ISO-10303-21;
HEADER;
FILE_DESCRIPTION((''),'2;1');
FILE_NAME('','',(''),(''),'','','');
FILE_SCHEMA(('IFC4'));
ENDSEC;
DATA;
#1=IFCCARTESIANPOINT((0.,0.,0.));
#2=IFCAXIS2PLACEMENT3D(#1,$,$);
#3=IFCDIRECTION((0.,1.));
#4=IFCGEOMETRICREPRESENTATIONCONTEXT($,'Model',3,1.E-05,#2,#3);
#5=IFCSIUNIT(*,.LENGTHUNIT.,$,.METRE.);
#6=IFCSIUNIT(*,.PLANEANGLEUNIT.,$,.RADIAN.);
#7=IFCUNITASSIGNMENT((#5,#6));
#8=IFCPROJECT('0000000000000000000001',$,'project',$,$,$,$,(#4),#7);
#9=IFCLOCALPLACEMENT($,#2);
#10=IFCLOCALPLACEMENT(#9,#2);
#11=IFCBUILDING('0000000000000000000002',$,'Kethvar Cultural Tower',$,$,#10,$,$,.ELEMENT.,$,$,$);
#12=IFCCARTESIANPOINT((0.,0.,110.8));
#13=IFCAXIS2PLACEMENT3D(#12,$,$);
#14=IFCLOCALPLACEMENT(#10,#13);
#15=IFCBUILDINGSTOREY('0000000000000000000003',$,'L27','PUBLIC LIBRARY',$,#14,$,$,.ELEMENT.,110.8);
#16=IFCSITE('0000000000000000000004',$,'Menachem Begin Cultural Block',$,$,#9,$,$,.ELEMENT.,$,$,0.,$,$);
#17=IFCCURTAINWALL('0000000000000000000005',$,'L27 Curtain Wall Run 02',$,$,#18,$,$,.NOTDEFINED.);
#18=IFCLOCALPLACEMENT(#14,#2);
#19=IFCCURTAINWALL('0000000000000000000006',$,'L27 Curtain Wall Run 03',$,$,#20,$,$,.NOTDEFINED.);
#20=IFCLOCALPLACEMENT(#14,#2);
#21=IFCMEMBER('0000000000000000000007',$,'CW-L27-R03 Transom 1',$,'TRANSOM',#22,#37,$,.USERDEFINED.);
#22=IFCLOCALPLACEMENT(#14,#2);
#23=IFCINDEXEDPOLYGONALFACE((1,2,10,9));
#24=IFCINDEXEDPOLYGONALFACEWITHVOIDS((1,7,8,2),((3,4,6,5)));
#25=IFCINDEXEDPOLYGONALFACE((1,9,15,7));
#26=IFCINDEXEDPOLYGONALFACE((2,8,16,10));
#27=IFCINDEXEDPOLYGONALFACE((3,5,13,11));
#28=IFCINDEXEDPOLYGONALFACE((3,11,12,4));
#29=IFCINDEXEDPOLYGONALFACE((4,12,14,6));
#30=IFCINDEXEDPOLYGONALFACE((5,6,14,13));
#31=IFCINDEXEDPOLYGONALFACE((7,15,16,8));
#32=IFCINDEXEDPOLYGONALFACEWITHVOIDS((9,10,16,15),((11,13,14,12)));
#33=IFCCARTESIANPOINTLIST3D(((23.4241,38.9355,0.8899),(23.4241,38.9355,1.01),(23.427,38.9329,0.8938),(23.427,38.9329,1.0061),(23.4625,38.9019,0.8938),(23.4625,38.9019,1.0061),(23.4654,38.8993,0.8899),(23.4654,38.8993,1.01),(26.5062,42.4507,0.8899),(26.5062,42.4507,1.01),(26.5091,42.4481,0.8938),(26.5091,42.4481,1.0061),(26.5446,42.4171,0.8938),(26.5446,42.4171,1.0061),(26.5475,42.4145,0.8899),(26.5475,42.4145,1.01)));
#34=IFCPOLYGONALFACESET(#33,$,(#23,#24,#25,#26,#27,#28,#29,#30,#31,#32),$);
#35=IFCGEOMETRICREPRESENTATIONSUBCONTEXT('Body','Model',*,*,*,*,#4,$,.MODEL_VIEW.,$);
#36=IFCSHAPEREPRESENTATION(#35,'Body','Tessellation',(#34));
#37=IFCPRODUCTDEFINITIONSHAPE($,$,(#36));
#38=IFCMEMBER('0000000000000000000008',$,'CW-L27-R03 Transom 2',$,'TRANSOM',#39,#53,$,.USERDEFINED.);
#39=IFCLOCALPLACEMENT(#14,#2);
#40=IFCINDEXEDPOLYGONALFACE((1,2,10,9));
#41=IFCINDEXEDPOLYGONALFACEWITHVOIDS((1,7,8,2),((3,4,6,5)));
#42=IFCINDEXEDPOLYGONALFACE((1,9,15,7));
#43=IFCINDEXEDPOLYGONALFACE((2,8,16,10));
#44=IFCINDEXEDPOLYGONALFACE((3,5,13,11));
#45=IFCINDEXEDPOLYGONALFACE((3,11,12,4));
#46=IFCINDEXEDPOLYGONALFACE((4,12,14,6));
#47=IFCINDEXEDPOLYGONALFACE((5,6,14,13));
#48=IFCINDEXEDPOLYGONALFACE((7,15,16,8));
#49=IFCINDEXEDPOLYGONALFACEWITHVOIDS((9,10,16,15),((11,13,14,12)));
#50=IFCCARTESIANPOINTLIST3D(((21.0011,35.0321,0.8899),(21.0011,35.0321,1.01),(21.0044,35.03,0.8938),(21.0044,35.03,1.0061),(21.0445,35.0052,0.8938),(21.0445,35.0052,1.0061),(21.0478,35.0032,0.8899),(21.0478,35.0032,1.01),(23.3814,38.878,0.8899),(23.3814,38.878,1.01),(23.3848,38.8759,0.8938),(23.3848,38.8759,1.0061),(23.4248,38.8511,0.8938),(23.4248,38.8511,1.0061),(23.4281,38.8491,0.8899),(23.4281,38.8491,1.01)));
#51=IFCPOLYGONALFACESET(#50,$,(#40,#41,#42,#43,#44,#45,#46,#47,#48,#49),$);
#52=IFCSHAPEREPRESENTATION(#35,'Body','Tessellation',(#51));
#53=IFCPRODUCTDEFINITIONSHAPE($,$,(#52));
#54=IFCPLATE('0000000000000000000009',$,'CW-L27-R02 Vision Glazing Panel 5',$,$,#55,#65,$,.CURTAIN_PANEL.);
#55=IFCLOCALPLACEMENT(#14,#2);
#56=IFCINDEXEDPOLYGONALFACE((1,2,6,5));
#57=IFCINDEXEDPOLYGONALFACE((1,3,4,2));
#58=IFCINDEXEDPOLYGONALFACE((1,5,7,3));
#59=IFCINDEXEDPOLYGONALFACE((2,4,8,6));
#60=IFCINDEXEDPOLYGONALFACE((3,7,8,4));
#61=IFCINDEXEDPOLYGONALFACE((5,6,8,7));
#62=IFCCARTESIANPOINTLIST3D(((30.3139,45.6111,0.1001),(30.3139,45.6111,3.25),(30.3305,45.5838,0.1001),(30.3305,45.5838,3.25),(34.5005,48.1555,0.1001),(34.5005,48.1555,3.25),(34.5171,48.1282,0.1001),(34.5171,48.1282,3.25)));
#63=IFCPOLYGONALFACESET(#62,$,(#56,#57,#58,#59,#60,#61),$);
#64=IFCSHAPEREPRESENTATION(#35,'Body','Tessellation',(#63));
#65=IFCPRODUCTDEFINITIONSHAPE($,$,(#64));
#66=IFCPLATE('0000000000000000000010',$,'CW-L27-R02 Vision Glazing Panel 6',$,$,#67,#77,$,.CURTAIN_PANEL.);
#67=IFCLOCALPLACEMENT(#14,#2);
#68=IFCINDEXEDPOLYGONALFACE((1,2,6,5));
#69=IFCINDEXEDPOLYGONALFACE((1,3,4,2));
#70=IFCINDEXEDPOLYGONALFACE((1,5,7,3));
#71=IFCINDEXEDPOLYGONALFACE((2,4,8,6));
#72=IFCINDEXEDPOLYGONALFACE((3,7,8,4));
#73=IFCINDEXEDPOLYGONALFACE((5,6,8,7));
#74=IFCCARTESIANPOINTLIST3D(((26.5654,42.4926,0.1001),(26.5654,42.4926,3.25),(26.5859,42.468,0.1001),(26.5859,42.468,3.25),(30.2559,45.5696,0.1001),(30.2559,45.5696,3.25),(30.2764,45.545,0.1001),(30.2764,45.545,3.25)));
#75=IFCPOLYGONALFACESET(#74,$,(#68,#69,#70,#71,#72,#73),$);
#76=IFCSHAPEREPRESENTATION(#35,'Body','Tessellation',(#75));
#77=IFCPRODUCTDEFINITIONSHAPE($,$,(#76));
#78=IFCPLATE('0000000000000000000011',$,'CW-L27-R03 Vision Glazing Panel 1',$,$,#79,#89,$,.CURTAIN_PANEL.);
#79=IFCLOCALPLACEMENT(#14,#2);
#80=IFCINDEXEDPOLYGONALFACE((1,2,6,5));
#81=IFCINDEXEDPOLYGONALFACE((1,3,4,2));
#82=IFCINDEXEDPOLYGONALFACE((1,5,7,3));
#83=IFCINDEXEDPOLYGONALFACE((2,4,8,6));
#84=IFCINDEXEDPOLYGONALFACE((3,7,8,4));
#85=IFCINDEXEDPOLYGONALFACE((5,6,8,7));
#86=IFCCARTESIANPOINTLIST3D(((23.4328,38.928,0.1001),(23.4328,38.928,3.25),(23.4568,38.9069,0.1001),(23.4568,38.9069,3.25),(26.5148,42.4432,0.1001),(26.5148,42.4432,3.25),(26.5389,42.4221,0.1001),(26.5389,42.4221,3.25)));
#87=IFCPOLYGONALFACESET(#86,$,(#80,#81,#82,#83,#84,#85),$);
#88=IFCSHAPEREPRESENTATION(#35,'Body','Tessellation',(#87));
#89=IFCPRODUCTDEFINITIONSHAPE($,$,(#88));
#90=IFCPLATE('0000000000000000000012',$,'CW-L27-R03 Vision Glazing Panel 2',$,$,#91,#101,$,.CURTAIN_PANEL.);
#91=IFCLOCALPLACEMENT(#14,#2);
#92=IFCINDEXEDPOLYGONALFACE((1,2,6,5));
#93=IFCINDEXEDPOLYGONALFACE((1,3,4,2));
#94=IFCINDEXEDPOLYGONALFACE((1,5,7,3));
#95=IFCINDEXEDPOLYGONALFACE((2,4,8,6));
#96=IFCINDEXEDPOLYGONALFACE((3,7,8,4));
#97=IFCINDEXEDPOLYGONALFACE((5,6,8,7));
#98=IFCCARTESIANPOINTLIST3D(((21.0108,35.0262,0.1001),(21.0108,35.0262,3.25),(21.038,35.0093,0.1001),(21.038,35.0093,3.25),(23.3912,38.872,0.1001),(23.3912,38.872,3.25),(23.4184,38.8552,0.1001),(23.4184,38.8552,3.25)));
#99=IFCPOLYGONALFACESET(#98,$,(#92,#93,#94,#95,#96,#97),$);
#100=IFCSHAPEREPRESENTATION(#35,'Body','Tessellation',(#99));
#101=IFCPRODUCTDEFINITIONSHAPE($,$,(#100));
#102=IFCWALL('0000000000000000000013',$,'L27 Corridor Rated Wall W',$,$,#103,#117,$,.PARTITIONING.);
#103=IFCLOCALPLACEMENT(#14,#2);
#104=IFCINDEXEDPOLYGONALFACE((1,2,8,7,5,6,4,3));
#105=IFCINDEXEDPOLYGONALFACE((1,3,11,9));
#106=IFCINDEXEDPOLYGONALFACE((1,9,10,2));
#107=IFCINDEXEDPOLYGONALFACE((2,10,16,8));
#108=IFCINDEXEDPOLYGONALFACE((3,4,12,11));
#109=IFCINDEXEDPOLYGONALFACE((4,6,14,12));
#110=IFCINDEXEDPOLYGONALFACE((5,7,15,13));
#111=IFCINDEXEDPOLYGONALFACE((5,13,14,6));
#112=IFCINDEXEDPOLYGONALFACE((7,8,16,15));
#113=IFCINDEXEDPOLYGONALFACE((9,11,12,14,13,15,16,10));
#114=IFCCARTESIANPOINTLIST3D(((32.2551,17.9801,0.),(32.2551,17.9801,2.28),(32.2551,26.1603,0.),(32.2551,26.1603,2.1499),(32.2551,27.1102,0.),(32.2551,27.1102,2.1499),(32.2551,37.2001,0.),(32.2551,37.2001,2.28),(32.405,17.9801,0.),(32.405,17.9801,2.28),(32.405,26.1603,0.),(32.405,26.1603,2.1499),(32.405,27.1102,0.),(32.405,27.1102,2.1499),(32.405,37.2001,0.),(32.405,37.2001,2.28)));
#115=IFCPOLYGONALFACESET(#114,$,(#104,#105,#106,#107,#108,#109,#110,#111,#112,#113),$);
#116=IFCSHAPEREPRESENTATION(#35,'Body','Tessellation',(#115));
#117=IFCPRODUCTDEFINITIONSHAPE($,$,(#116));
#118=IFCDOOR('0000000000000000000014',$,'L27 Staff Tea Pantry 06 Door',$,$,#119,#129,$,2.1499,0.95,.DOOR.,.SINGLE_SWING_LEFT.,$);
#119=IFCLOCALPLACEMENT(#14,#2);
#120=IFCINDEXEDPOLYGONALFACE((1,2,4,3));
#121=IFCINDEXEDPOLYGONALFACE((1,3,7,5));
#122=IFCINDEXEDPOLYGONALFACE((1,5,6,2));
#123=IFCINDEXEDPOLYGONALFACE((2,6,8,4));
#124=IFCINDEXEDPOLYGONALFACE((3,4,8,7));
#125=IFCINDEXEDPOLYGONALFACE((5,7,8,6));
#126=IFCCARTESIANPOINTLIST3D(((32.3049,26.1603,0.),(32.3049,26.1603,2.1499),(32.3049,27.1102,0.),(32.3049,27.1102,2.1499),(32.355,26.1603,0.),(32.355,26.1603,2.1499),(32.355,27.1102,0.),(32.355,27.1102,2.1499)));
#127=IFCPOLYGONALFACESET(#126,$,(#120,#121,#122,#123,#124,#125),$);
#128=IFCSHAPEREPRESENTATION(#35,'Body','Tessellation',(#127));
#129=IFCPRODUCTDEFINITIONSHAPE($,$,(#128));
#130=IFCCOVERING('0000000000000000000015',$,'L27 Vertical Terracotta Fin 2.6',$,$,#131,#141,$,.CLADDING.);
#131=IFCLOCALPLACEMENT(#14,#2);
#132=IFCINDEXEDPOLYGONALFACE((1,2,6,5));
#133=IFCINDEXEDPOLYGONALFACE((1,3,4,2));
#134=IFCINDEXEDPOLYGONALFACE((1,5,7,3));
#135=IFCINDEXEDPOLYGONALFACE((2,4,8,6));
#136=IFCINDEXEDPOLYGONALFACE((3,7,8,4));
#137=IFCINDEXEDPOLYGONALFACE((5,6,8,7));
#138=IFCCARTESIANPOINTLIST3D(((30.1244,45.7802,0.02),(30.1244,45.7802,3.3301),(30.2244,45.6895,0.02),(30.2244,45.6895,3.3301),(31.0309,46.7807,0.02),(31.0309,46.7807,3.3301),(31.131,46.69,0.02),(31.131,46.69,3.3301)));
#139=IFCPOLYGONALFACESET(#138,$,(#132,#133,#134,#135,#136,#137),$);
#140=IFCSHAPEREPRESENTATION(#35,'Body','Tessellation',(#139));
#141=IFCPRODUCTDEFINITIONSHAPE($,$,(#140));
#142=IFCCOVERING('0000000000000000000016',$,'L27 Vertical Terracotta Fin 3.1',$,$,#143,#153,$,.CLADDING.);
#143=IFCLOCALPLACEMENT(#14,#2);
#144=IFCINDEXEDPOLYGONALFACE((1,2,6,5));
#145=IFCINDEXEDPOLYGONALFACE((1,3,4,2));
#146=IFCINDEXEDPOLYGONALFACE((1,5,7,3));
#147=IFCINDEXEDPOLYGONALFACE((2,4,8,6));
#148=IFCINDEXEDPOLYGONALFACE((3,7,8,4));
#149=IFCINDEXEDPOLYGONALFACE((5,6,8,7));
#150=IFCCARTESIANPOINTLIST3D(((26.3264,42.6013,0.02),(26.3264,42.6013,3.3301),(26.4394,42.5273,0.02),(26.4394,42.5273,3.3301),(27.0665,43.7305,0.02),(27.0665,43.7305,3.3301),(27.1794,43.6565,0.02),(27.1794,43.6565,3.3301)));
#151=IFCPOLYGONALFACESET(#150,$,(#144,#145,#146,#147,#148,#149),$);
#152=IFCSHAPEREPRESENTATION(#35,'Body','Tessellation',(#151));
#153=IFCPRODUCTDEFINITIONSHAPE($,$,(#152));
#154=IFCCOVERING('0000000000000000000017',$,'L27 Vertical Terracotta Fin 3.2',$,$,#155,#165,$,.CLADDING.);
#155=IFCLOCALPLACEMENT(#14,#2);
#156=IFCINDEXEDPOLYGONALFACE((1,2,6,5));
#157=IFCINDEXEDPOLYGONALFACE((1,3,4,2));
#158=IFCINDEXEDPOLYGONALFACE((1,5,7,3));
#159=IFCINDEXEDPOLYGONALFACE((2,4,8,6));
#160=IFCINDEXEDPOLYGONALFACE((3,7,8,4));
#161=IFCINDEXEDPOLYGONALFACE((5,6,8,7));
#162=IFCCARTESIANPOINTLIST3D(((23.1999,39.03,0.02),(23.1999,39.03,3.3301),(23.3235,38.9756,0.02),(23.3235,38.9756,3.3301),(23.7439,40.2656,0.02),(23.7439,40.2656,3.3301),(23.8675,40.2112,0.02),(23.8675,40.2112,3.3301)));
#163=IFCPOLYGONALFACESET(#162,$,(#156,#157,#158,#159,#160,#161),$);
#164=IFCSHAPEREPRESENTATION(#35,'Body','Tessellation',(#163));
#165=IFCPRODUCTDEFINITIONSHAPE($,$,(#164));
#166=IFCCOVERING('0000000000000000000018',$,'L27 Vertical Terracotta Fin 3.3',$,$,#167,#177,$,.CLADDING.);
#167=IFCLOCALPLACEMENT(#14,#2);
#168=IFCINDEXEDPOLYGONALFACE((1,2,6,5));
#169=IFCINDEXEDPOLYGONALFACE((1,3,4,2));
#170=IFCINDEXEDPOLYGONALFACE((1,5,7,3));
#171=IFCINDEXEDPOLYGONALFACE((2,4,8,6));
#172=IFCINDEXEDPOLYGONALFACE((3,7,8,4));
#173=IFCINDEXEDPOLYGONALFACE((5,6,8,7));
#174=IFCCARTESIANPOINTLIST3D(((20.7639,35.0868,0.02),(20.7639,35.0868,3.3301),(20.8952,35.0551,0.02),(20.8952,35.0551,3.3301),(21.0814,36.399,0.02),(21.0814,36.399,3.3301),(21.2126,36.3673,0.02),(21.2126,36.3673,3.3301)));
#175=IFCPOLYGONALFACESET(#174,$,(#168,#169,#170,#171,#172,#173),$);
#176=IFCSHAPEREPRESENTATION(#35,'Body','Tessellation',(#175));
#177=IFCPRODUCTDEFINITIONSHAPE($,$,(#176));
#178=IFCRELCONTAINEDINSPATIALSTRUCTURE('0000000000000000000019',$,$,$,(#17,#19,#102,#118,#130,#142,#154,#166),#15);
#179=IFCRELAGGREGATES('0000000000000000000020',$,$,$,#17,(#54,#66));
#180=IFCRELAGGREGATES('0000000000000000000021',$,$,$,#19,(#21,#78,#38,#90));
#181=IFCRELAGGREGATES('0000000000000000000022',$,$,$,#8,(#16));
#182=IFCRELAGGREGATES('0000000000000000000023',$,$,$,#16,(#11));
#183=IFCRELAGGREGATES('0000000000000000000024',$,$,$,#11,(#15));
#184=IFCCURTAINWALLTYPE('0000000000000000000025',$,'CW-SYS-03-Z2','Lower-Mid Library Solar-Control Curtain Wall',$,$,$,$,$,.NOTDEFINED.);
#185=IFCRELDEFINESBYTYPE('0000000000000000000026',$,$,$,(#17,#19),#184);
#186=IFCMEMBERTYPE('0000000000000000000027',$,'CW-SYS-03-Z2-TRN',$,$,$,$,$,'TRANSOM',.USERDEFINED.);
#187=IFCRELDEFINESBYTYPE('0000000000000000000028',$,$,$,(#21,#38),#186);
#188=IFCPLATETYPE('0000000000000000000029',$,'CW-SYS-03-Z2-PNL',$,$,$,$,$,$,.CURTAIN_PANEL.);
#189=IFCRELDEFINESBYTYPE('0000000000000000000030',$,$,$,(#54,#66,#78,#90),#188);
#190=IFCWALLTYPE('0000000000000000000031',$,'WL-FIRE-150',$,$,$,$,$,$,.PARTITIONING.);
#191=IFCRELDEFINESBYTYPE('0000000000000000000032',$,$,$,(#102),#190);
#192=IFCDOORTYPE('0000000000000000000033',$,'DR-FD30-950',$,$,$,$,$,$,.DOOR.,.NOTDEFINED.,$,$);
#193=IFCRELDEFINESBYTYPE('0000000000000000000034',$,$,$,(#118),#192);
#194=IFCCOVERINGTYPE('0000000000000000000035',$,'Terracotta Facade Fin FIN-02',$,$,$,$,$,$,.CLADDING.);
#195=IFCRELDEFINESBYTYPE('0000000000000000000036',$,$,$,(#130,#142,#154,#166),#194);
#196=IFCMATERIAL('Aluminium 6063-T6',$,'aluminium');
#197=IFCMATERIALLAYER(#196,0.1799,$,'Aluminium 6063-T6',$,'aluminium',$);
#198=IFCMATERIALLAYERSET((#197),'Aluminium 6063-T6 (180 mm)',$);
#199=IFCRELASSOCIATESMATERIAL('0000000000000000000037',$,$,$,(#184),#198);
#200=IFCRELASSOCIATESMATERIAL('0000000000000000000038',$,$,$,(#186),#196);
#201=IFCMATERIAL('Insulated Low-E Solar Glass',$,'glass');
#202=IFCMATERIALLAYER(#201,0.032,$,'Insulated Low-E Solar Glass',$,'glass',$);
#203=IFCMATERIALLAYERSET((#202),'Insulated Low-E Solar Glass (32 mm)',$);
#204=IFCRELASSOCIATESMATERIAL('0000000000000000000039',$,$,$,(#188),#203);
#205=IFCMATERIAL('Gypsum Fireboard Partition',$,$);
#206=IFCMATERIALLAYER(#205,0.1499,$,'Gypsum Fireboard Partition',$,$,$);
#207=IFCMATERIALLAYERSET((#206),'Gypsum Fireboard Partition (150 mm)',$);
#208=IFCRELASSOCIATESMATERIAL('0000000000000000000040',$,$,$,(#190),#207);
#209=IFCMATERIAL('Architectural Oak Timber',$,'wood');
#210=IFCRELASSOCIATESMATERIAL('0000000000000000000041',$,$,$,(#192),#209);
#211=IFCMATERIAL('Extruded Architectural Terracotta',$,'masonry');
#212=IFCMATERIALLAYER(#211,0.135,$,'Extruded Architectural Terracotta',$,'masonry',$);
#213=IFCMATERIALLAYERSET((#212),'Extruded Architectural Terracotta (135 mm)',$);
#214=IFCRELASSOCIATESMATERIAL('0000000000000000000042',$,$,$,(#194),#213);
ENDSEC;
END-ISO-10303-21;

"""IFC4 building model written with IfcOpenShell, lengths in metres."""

from ifc_helpers import new_model, si_unit, direction, frame, frame_2d, origin, origin_2d, place, context, subcontext, project, spatial, rectangle, hollow_rectangle, extrude, source, transform, mapped, material, layer, layer_set, material_profile, profile_set, type_object, element, fill, aggregate, save


model = new_model("IFC4")

# Units and contexts
model_context = context("Model", 3, precision=1e-05, world=origin(), true_north=direction((0.0, 1.0)))
body_context = subcontext(model_context, "Body", "Model", "MODEL_VIEW")
ifc_project = project(units=[si_unit("LENGTHUNIT", "METRE"), si_unit("PLANEANGLEUNIT", "RADIAN")], contexts=[model_context])

# Site, building, storey
site_placement = place(None, origin())
site = spatial("IfcSite", under=ifc_project, at=site_placement, Name="Menachem Begin Cultural Block", CompositionType="ELEMENT", RefElevation=0.0)
building_placement = place(site_placement, origin())
building = spatial("IfcBuilding", under=site, at=building_placement, Name="Kethvar Cultural Tower", CompositionType="ELEMENT")
storey_placement = place(building_placement, frame((0.0, 0.0, 110.8)))
storey = spatial("IfcBuildingStorey", under=building, at=storey_placement, Name="L27", Description="PUBLIC LIBRARY", CompositionType="ELEMENT", Elevation=110.8)

# Curtain walls
ifc_material_1 = material(Name="Aluminium 6063-T6", Category="aluminium")
ifc_layer_1 = layer(ifc_material_1, 0.1799, Name="Aluminium 6063-T6", Category="aluminium")
ifc_layer_set_1 = layer_set([ifc_layer_1], Name="Aluminium 6063-T6 (180 mm)")
curtain_wall_type = type_object("IfcCurtainWallType", Name="CW-SYS-03-Z2", Description="Lower-Mid Library Solar-Control Curtain Wall", PredefinedType="NOTDEFINED", material=ifc_layer_set_1)
curtain_wall_1_placement = place(storey_placement, origin())
curtain_wall_1 = element("IfcCurtainWall", 1, at=curtain_wall_1_placement, inside=storey, type_object=curtain_wall_type, Name="L27 Curtain Wall Run 02", PredefinedType="NOTDEFINED")
curtain_wall_2_placement = place(storey_placement, origin())
curtain_wall_2 = element("IfcCurtainWall", 2, at=curtain_wall_2_placement, inside=storey, type_object=curtain_wall_type, Name="L27 Curtain Wall Run 03", PredefinedType="NOTDEFINED")

# Members
ifc_material_profile_1 = material_profile(ifc_material_1, hollow_rectangle(XDim=0.0549, YDim=0.1201, WallThickness=0.0039, at=origin_2d()), Name="Aluminium 6063-T6 — RHS120x55x4")
ifc_profile_set_1 = profile_set([ifc_material_profile_1], Name="Aluminium 6063-T6 — RHS120x55x4")
member_type_1 = type_object("IfcMemberType", Name="CW-SYS-03-Z2-TRN", ElementType="TRANSOM", PredefinedType="USERDEFINED", material=ifc_profile_set_1)
shared_shape_1 = source(origin(), body_context, "Body", "SweptSolid", [
    extrude(hollow_rectangle(XDim=0.0549, YDim=0.1201, WallThickness=0.0039, at=origin_2d()), origin(), (0.0, 0.0, 1.0), 4.675),
])
member_1_placement = place(storey_placement, frame((26.5269, 42.4326, 0.95), z_axis=(-0.659266, -0.75191, 0.0), x_axis=(0.75191, -0.659266, 0.0)))
member_1 = element("IfcMember", 3, at=member_1_placement, type_object=member_type_1, Name="CW-L27-R03 Transom 1", ObjectType="TRANSOM", PredefinedType="USERDEFINED", context=body_context, shape_type="MappedRepresentation", body=[
    mapped(shared_shape_1, transform((0.0, 0.0, 0.0), scale=1.0)),
])
shared_shape_2 = source(origin(), body_context, "Body", "SweptSolid", [
    extrude(hollow_rectangle(XDim=0.0549, YDim=0.1201, WallThickness=0.0039, at=origin_2d()), origin(), (0.0, 0.0, 1.0), 4.5229),
])
member_2_placement = place(storey_placement, frame((23.4048, 38.8635, 0.95), z_axis=(-0.526282, -0.85031, 0.0), x_axis=(0.85031, -0.526282, 0.0)))
member_2 = element("IfcMember", 4, at=member_2_placement, type_object=member_type_1, Name="CW-L27-R03 Transom 2", ObjectType="TRANSOM", PredefinedType="USERDEFINED", context=body_context, shape_type="MappedRepresentation", body=[
    mapped(shared_shape_2, transform((0.0, 0.0, 0.0), scale=1.0)),
])

# Plates
ifc_material_2 = material(Name="Insulated Low-E Solar Glass", Category="glass")
ifc_layer_2 = layer(ifc_material_2, 0.032, Name="Insulated Low-E Solar Glass", Category="glass")
ifc_layer_set_2 = layer_set([ifc_layer_2], Name="Insulated Low-E Solar Glass (32 mm)")
plate_type = type_object("IfcPlateType", Name="CW-SYS-03-Z2-PNL", PredefinedType="CURTAIN_PANEL", material=ifc_layer_set_2)
shared_shape_3 = source(origin(), body_context, "Body", "SweptSolid", [
    extrude(rectangle(XDim=4.8992, YDim=0.032, at=origin_2d()), origin(), (0.0, 0.0, 1.0), 3.1499),
])
plate_1_placement = place(storey_placement, frame((32.4155, 46.8696, 0.1001), z_axis=(0.0, 0.0, 1.0), x_axis=(-0.854559, -0.519355, 0.0)))
plate_1 = element("IfcPlate", 5, at=plate_1_placement, type_object=plate_type, Name="CW-L27-R02 Vision Glazing Panel 5", PredefinedType="CURTAIN_PANEL", context=body_context, shape_type="MappedRepresentation", body=[
    mapped(shared_shape_3, transform((0.0, 0.0, 0.0), scale=1.0)),
])
shared_shape_4 = source(origin(), body_context, "Body", "SweptSolid", [
    extrude(rectangle(XDim=4.8049, YDim=0.032, at=origin_2d()), origin(), (0.0, 0.0, 1.0), 3.1499),
])
plate_2_placement = place(storey_placement, frame((28.4209, 44.0188, 0.1001), z_axis=(0.0, 0.0, 1.0), x_axis=(-0.76806, -0.640378, 0.0)))
plate_2 = element("IfcPlate", 6, at=plate_2_placement, type_object=plate_type, Name="CW-L27-R02 Vision Glazing Panel 6", PredefinedType="CURTAIN_PANEL", context=body_context, shape_type="MappedRepresentation", body=[
    mapped(shared_shape_4, transform((0.0, 0.0, 0.0), scale=1.0)),
])
aggregate(curtain_wall_1, [plate_1, plate_2])
shared_shape_5 = source(origin(), body_context, "Body", "SweptSolid", [
    extrude(rectangle(XDim=4.675, YDim=0.032, at=origin_2d()), origin(), (0.0, 0.0, 1.0), 3.1499),
])
plate_3_placement = place(storey_placement, frame((24.9858, 40.675, 0.1001), z_axis=(0.0, 0.0, 1.0), x_axis=(-0.659254, -0.75192, 0.0)))
plate_3 = element("IfcPlate", 7, at=plate_3_placement, type_object=plate_type, Name="CW-L27-R03 Vision Glazing Panel 1", PredefinedType="CURTAIN_PANEL", context=body_context, shape_type="MappedRepresentation", body=[
    mapped(shared_shape_5, transform((0.0, 0.0, 0.0), scale=1.0)),
])
shared_shape_6 = source(origin(), body_context, "Body", "SweptSolid", [
    extrude(rectangle(XDim=4.5229, YDim=0.032, at=origin_2d()), origin(), (0.0, 0.0, 1.0), 3.1499),
])
plate_4_placement = place(storey_placement, frame((22.2146, 36.9407, 0.1001), z_axis=(0.0, 0.0, 1.0), x_axis=(-0.526303, -0.850297, 0.0)))
plate_4 = element("IfcPlate", 8, at=plate_4_placement, type_object=plate_type, Name="CW-L27-R03 Vision Glazing Panel 2", PredefinedType="CURTAIN_PANEL", context=body_context, shape_type="MappedRepresentation", body=[
    mapped(shared_shape_6, transform((0.0, 0.0, 0.0), scale=1.0)),
])
aggregate(curtain_wall_2, [member_1, plate_3, member_2, plate_4])

# Wall, opening, door
ifc_material_3 = material(Name="Gypsum Fireboard Partition")
ifc_layer_3 = layer(ifc_material_3, 0.1499, Name="Gypsum Fireboard Partition")
ifc_layer_set_3 = layer_set([ifc_layer_3], Name="Gypsum Fireboard Partition (150 mm)")
wall_type = type_object("IfcWallType", Name="WL-FIRE-150", PredefinedType="PARTITIONING", material=ifc_layer_set_3)
wall_placement = place(storey_placement, frame((32.3301, 37.2, 0.0), z_axis=(0.0, 0.0, 1.0), x_axis=(0.0, -1.0, 0.0)))
wall = element("IfcWall", 9, at=wall_placement, inside=storey, type_object=wall_type, Name="L27 Corridor Rated Wall W", PredefinedType="PARTITIONING", context=body_context, shape_type="SweptSolid", body=[
    extrude(rectangle(XDim=19.22, YDim=0.1499, at=frame_2d((9.6099, 0.0))), origin(), (0.0, 0.0, 1.0), 2.28),
])
opening_placement = place(wall_placement, frame((10.0896, 0.0, 0.0)))
opening = element("IfcOpeningElement", 10, at=opening_placement, cuts=wall, PredefinedType="OPENING", context=body_context, shape_type="SweptSolid", body=[
    extrude(rectangle(XDim=0.95, YDim=2.1499, at=frame_2d((0.4751, 1.075))), frame((0.0, 0.085, 0.0), z_axis=(0.0, -1.0, 0.0), x_axis=(1.0, 0.0, 0.0)), (0.0, 0.0, 1.0), 0.1699),
])
ifc_material_4 = material(Name="Architectural Oak Timber", Category="wood")
door_type = type_object("IfcDoorType", Name="DR-FD30-950", OperationType="NOTDEFINED", PredefinedType="DOOR", material=ifc_material_4)
shared_shape_7 = source(origin(), body_context, "Body", "SweptSolid", [
    extrude(rectangle(XDim=0.95, YDim=2.1499, at=frame_2d((0.4751, 1.075))), frame((0.0, 0.0249, 0.0), z_axis=(0.0, -1.0, 0.0), x_axis=(1.0, 0.0, 0.0)), (0.0, 0.0, 1.0), 0.05),
])
door_placement = place(opening_placement, origin())
door = element("IfcDoor", 11, at=door_placement, inside=storey, type_object=door_type, Name="L27 Staff Tea Pantry 06 Door", OperationType="SINGLE_SWING_LEFT", OverallHeight=2.1499, OverallWidth=0.95, PredefinedType="DOOR", context=body_context, shape_type="MappedRepresentation", body=[
    mapped(shared_shape_7, transform((0.0, 0.0, 0.0), scale=1.0)),
])
fill(opening, door)

# Coverings
ifc_material_5 = material(Name="Extruded Architectural Terracotta", Category="masonry")
ifc_layer_4 = layer(ifc_material_5, 0.135, Name="Extruded Architectural Terracotta", Category="masonry")
ifc_layer_set_4 = layer_set([ifc_layer_4], Name="Extruded Architectural Terracotta (135 mm)")
covering_type = type_object("IfcCoveringType", Name="Terracotta Facade Fin FIN-02", PredefinedType="CLADDING", material=ifc_layer_set_4)
shared_shape_8 = source(origin(), body_context, "Body", "SweptSolid", [
    extrude(rectangle(XDim=1.3501, YDim=0.135, at=origin_2d()), origin(), (0.0, 0.0, 1.0), 3.3101),
])
for number, where, z_axis, x_axis, name in (
    (12, (30.6277, 46.2351, 0.02), (0.0, 0.0, 1.0), (0.671462, 0.741039, 0.0), "L27 Vertical Terracotta Fin 2.6"),
    (13, (26.7529, 43.1289, 0.02), (0.0, 0.0, 1.0), (0.548147, 0.836382, 0.0), "L27 Vertical Terracotta Fin 3.1"),
    (14, (23.5337, 39.6206, 0.02), (0.0, 0.0, 1.0), (0.402906, 0.915241, 0.0), "L27 Vertical Terracotta Fin 3.2"),
    (15, (20.9883, 35.7271, 0.02), (0.0, 0.0, 1.0), (0.235142, 0.971961, 0.0), "L27 Vertical Terracotta Fin 3.3"),
):
    element("IfcCovering", number, at=place(storey_placement, frame(where, z_axis=z_axis, x_axis=x_axis)), inside=storey, type_object=covering_type, Name=name, PredefinedType="CLADDING", context=body_context, shape_type="MappedRepresentation", body=[
        mapped(shared_shape_8, transform((0.0, 0.0, 0.0), scale=1.0)),
    ])

save(model, "model.ifc")
